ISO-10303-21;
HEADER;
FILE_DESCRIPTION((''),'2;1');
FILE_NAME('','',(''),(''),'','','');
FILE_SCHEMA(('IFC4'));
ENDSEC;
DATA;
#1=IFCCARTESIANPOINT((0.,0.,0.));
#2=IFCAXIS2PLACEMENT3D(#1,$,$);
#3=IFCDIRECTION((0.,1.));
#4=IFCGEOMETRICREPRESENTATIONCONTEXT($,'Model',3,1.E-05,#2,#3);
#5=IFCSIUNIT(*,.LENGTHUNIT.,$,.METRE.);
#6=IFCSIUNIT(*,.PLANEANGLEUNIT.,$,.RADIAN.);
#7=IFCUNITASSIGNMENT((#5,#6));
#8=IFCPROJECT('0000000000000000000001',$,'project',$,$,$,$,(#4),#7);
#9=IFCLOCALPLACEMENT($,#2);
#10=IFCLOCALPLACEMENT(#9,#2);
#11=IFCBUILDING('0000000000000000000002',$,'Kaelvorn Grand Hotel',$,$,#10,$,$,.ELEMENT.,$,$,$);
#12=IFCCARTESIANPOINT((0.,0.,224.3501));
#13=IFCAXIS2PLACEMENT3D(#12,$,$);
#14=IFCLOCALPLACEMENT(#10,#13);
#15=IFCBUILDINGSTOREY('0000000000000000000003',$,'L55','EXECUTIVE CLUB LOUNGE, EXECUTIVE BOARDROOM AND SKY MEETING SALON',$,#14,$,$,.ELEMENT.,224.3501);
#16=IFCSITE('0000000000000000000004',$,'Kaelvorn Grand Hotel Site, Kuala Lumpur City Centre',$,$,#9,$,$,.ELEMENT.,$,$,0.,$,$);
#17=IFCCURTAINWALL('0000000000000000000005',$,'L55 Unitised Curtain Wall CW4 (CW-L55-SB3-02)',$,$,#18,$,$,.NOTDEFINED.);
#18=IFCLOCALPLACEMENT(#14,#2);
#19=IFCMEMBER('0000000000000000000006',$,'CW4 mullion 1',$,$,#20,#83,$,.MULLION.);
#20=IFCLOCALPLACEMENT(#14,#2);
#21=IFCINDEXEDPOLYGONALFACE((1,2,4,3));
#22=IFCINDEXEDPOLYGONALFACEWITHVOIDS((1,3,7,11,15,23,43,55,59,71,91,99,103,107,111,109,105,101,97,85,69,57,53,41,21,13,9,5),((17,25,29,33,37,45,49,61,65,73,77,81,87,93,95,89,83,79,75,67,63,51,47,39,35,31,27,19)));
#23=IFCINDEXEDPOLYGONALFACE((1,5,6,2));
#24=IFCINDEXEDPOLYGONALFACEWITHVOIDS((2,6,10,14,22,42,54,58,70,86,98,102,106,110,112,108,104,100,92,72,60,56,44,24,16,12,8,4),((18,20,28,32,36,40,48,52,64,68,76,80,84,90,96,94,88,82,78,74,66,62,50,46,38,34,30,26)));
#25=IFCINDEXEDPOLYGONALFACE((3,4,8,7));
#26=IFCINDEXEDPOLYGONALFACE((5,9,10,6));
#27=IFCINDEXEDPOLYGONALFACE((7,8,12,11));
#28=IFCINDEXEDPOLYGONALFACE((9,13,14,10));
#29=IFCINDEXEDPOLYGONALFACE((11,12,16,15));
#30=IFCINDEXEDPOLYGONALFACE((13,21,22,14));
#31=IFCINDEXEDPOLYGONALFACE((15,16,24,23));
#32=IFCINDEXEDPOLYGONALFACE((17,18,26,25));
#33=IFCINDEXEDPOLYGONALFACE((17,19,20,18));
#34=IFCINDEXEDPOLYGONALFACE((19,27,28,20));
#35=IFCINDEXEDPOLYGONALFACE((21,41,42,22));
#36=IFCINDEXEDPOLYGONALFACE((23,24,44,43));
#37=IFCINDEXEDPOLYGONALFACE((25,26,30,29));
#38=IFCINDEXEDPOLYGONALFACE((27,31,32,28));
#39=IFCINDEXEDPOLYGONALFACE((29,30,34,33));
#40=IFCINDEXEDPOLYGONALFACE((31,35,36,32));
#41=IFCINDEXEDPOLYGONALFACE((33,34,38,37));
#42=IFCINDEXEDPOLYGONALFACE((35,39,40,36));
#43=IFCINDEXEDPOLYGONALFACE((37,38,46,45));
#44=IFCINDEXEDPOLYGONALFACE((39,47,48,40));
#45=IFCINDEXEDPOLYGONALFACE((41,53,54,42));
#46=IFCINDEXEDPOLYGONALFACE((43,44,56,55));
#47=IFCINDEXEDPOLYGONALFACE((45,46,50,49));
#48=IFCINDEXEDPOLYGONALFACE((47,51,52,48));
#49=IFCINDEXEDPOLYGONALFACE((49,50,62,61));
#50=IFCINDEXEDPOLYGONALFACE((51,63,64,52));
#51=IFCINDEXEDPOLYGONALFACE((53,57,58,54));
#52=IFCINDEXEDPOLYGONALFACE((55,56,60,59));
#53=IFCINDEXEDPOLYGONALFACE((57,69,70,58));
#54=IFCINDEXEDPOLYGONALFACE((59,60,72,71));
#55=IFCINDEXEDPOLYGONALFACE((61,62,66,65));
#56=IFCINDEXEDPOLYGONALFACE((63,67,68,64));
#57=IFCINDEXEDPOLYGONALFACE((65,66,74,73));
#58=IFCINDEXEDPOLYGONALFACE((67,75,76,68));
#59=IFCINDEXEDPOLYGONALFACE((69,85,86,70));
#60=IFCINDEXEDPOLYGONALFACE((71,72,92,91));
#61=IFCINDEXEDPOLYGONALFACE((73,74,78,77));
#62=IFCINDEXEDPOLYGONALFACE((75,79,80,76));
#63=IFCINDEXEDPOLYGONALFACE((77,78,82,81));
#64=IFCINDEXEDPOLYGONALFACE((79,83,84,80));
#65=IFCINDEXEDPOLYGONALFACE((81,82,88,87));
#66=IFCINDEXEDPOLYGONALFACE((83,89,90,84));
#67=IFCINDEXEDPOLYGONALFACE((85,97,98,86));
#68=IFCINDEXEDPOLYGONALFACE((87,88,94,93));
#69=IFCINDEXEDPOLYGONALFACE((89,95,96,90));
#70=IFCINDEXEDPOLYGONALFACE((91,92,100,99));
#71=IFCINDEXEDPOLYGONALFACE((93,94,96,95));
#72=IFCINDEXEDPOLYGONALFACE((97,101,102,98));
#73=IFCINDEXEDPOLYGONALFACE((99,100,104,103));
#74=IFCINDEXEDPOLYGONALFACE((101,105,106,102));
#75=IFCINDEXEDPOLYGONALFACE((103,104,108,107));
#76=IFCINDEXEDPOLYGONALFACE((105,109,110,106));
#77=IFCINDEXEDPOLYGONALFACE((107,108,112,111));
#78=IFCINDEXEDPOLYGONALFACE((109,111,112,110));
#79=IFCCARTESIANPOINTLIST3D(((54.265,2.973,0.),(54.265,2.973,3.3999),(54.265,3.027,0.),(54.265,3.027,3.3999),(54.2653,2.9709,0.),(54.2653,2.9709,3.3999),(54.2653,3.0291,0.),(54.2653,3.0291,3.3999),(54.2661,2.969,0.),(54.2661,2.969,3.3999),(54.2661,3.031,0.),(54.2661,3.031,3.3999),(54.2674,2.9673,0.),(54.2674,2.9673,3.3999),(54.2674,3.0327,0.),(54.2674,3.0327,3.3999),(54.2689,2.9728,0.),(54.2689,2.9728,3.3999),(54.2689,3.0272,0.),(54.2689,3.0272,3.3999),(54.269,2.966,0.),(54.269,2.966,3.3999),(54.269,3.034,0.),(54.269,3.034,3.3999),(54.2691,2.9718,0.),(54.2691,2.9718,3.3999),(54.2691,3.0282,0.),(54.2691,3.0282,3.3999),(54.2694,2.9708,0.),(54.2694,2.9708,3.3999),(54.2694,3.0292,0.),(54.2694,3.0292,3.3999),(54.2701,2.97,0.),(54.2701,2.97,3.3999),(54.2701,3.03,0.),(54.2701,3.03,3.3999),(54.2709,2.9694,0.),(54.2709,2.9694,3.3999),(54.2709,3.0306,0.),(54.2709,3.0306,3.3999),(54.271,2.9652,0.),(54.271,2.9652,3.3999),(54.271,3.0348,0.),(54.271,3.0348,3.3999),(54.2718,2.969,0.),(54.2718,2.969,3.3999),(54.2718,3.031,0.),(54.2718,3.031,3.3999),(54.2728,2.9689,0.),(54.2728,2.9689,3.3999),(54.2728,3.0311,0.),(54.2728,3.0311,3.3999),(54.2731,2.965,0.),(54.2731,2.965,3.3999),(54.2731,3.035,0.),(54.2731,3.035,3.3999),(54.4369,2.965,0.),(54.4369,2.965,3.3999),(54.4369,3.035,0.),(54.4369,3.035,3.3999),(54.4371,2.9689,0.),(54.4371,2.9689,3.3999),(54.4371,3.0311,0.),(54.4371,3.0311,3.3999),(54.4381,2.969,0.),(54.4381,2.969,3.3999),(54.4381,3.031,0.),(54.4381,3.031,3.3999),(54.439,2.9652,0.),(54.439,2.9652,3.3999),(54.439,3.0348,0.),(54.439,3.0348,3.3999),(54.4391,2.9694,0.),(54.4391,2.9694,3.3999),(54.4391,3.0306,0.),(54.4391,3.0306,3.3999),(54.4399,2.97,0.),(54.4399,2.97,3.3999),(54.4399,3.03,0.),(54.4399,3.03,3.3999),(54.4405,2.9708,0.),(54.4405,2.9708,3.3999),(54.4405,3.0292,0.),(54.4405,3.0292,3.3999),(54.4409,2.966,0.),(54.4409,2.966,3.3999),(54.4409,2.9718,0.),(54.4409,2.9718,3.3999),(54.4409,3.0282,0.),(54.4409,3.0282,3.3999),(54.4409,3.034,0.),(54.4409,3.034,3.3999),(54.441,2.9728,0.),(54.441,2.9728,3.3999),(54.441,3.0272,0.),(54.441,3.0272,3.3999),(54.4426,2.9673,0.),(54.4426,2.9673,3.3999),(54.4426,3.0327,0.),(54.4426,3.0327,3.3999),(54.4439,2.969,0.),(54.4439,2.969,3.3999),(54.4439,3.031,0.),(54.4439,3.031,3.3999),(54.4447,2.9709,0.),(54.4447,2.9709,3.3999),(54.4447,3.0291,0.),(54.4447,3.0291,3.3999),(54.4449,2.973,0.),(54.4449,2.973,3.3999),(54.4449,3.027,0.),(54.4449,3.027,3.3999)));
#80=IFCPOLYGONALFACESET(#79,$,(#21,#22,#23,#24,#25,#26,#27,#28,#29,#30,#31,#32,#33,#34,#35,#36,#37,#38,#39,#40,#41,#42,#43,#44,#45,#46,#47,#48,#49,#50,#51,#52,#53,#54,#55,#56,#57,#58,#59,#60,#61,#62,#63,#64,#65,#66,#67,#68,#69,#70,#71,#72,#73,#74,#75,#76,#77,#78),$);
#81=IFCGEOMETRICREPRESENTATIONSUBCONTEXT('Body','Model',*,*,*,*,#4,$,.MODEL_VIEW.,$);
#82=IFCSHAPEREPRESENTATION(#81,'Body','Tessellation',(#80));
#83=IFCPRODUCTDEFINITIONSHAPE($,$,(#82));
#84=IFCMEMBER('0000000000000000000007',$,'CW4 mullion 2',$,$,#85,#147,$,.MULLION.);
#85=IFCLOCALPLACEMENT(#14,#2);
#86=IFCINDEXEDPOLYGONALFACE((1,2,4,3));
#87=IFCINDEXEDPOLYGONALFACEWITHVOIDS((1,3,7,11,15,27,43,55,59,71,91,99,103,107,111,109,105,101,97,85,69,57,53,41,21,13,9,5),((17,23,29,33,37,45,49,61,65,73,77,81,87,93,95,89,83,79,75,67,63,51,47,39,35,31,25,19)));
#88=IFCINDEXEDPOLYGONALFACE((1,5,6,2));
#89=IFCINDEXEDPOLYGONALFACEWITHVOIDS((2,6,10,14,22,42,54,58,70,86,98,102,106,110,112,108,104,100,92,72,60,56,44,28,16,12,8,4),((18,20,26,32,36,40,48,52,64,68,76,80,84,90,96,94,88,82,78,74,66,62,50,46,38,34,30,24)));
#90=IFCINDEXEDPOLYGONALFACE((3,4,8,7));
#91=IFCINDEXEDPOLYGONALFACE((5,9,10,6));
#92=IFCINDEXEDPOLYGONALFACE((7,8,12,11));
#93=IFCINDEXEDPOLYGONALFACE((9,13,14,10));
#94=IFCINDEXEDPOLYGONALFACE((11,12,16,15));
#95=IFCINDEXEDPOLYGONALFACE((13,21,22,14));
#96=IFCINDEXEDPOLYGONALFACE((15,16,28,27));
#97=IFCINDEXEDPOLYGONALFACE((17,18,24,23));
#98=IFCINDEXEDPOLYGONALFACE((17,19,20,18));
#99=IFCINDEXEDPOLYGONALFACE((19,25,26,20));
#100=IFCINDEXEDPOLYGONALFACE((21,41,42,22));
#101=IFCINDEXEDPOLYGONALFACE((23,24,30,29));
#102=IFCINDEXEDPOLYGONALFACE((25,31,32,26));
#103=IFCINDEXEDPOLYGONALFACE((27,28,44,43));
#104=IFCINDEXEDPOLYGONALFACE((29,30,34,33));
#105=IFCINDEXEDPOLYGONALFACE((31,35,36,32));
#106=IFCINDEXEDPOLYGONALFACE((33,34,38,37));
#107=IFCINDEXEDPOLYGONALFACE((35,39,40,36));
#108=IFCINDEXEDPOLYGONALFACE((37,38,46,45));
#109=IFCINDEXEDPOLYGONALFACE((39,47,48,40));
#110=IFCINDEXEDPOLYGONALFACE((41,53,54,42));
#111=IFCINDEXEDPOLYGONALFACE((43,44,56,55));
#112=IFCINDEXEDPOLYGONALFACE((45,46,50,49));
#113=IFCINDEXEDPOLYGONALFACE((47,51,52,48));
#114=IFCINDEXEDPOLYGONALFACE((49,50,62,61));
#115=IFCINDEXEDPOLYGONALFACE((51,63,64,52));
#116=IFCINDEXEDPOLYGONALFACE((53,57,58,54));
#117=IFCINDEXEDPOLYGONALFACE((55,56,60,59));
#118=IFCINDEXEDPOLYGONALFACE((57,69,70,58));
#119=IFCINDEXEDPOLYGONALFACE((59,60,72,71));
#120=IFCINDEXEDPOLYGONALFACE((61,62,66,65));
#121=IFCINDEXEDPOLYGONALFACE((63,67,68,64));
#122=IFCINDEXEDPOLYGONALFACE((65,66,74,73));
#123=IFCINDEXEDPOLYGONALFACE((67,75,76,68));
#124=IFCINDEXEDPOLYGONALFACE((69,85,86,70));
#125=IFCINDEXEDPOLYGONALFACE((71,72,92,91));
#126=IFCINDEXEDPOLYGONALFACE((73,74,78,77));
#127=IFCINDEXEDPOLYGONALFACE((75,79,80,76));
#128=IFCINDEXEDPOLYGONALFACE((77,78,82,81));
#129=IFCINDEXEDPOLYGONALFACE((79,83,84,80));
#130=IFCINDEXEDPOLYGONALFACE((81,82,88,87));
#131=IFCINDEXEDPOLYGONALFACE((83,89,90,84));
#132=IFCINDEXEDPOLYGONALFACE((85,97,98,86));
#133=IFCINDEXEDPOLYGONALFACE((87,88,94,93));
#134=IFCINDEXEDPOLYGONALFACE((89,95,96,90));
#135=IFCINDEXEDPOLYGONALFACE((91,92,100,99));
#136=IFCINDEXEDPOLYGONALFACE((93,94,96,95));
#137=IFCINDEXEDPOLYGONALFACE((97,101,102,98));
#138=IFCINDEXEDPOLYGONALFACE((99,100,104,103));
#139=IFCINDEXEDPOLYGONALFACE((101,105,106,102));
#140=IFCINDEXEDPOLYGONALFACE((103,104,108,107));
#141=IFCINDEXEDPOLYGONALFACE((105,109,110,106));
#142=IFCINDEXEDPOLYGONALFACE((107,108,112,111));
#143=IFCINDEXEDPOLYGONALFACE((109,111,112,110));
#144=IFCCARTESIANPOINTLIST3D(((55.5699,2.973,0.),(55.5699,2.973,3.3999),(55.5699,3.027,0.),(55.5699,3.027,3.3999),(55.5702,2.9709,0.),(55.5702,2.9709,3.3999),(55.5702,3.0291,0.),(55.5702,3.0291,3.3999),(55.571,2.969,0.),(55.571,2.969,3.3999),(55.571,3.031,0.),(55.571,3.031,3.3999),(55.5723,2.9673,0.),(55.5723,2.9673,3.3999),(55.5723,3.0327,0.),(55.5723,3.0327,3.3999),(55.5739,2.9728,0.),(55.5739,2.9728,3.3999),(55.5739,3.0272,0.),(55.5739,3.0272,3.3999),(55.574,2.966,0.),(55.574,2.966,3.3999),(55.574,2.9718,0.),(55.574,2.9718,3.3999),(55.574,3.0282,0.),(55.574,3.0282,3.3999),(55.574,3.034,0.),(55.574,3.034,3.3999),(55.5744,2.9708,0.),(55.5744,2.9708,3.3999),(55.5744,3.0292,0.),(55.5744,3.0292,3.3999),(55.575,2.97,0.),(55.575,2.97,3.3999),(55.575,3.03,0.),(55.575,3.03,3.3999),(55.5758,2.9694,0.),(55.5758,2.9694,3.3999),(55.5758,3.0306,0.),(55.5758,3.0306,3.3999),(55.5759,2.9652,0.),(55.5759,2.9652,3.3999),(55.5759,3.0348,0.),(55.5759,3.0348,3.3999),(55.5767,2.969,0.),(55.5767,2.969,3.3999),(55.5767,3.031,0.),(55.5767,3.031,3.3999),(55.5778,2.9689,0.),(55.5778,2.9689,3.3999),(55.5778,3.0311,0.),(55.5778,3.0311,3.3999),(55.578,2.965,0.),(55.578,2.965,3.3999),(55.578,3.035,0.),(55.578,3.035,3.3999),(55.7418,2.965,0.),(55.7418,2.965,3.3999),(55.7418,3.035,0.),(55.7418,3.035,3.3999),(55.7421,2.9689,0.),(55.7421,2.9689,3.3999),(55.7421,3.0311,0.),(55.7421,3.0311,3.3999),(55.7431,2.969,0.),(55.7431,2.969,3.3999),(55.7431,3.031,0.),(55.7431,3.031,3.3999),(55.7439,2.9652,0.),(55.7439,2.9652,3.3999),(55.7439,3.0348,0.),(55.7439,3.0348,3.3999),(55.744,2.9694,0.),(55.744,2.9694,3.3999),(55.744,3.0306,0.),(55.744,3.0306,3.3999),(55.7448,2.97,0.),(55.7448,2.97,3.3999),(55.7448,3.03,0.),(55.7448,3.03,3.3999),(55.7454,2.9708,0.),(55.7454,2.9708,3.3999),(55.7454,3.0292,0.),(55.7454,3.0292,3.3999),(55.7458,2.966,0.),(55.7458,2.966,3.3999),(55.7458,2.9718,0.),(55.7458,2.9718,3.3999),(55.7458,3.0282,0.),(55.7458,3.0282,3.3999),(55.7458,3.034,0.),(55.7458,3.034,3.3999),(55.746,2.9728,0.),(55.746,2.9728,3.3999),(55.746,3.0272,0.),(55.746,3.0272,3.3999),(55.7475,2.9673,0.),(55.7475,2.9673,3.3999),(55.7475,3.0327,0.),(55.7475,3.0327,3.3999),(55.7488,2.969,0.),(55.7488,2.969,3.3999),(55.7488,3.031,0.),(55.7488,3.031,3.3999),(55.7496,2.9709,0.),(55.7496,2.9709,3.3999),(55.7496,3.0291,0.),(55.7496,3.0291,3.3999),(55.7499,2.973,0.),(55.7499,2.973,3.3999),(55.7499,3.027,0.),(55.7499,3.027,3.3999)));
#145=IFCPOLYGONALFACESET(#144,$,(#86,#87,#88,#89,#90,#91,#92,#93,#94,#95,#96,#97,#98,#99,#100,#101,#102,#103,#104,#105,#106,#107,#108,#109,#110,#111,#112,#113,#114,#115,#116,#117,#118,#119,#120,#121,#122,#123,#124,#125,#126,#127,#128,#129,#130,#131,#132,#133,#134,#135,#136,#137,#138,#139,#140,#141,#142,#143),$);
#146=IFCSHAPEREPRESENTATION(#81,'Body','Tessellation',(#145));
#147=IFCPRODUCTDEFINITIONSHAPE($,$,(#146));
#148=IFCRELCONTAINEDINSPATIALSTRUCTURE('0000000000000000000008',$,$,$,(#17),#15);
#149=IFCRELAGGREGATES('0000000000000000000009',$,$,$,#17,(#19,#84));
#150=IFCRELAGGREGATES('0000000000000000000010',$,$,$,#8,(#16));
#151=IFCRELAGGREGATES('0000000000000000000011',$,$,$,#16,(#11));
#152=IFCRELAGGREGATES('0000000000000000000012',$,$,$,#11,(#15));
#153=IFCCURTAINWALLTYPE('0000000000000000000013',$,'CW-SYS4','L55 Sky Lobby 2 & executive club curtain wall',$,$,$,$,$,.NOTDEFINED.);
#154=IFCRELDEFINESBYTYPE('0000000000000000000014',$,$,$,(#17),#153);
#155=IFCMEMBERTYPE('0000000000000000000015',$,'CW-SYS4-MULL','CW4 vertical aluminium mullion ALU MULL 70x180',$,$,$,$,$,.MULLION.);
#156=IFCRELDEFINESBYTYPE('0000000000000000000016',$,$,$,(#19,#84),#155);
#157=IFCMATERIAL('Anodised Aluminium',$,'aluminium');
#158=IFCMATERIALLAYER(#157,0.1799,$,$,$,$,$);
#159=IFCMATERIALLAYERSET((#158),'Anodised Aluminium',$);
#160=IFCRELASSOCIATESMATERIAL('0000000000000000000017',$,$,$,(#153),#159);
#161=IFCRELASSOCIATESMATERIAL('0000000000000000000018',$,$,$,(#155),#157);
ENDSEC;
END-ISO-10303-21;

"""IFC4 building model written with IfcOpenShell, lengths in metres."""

from ifc_helpers import new_model, si_unit, direction, frame, origin, origin_2d, place, context, subcontext, project, spatial, hollow_rectangle, extrude, material, layer, layer_set, material_profile, profile_set, type_object, element, aggregate, save


model = new_model("IFC4")

# Units and contexts
model_context = context("Model", 3, precision=1e-05, world=origin(), true_north=direction((0.0, 1.0)))
body_context = subcontext(model_context, "Body", "Model", "MODEL_VIEW")
ifc_project = project(units=[si_unit("LENGTHUNIT", "METRE"), si_unit("PLANEANGLEUNIT", "RADIAN")], contexts=[model_context])

# Site, building, storey
site_placement = place(None, origin())
site = spatial("IfcSite", under=ifc_project, at=site_placement, Name="Kaelvorn Grand Hotel Site, Kuala Lumpur City Centre", CompositionType="ELEMENT", RefElevation=0.0)
building_placement = place(site_placement, origin())
building = spatial("IfcBuilding", under=site, at=building_placement, Name="Kaelvorn Grand Hotel", CompositionType="ELEMENT")
storey_placement = place(building_placement, frame((0.0, 0.0, 224.3501)))
storey = spatial("IfcBuildingStorey", under=building, at=storey_placement, Name="L55", Description="EXECUTIVE CLUB LOUNGE, EXECUTIVE BOARDROOM AND SKY MEETING SALON", CompositionType="ELEMENT", Elevation=224.3501)

# Curtain wall, members
ifc_material_1 = material(Name="Anodised Aluminium", Category="aluminium")
ifc_layer_1 = layer(ifc_material_1, 0.1799)
ifc_layer_set_1 = layer_set([ifc_layer_1], Name="Anodised Aluminium")
curtain_wall_type = type_object("IfcCurtainWallType", Name="CW-SYS4", Description="L55 Sky Lobby 2 & executive club curtain wall", PredefinedType="NOTDEFINED", material=ifc_layer_set_1)
curtain_wall_placement = place(storey_placement, origin())
curtain_wall = element("IfcCurtainWall", 1, at=curtain_wall_placement, inside=storey, type_object=curtain_wall_type, Name="L55 Unitised Curtain Wall CW4 (CW-L55-SB3-02)", PredefinedType="NOTDEFINED")
ifc_material_profile_1 = material_profile(ifc_material_1, hollow_rectangle(XDim=0.0701, YDim=0.1799, WallThickness=0.0039, InnerFilletRadius=0.0039, OuterFilletRadius=0.0081, at=origin_2d()), Name="ALU MULL 70x180")
ifc_profile_set_1 = profile_set([ifc_material_profile_1], Name="Anodised Aluminium")
member_type_1 = type_object("IfcMemberType", Name="CW-SYS4-MULL", Description="CW4 vertical aluminium mullion ALU MULL 70x180", PredefinedType="MULLION", material=ifc_profile_set_1)
member_1_placement = place(storey_placement, frame((54.355, 3.0, 0.0), z_axis=(0.0, 0.0, 1.0), x_axis=(0.0, 1.0, 0.0)))
member_1 = element("IfcMember", 2, at=member_1_placement, type_object=member_type_1, Name="CW4 mullion 1", PredefinedType="MULLION", context=body_context, shape_type="SweptSolid", body=[
    extrude(hollow_rectangle(XDim=0.0701, YDim=0.1799, WallThickness=0.0039, InnerFilletRadius=0.0039, OuterFilletRadius=0.0081, at=origin_2d()), origin(), (0.0, 0.0, 1.0), 3.3999),
])
member_2_placement = place(storey_placement, frame((55.6599, 3.0, 0.0), z_axis=(0.0, 0.0, 1.0), x_axis=(0.0, 1.0, 0.0)))
member_2 = element("IfcMember", 3, at=member_2_placement, type_object=member_type_1, Name="CW4 mullion 2", PredefinedType="MULLION", context=body_context, shape_type="SweptSolid", body=[
    extrude(hollow_rectangle(XDim=0.0701, YDim=0.1799, WallThickness=0.0039, InnerFilletRadius=0.0039, OuterFilletRadius=0.0081, at=origin_2d()), origin(), (0.0, 0.0, 1.0), 3.3999),
])
aggregate(curtain_wall, [member_1, member_2])

save(model, "model.ifc")
